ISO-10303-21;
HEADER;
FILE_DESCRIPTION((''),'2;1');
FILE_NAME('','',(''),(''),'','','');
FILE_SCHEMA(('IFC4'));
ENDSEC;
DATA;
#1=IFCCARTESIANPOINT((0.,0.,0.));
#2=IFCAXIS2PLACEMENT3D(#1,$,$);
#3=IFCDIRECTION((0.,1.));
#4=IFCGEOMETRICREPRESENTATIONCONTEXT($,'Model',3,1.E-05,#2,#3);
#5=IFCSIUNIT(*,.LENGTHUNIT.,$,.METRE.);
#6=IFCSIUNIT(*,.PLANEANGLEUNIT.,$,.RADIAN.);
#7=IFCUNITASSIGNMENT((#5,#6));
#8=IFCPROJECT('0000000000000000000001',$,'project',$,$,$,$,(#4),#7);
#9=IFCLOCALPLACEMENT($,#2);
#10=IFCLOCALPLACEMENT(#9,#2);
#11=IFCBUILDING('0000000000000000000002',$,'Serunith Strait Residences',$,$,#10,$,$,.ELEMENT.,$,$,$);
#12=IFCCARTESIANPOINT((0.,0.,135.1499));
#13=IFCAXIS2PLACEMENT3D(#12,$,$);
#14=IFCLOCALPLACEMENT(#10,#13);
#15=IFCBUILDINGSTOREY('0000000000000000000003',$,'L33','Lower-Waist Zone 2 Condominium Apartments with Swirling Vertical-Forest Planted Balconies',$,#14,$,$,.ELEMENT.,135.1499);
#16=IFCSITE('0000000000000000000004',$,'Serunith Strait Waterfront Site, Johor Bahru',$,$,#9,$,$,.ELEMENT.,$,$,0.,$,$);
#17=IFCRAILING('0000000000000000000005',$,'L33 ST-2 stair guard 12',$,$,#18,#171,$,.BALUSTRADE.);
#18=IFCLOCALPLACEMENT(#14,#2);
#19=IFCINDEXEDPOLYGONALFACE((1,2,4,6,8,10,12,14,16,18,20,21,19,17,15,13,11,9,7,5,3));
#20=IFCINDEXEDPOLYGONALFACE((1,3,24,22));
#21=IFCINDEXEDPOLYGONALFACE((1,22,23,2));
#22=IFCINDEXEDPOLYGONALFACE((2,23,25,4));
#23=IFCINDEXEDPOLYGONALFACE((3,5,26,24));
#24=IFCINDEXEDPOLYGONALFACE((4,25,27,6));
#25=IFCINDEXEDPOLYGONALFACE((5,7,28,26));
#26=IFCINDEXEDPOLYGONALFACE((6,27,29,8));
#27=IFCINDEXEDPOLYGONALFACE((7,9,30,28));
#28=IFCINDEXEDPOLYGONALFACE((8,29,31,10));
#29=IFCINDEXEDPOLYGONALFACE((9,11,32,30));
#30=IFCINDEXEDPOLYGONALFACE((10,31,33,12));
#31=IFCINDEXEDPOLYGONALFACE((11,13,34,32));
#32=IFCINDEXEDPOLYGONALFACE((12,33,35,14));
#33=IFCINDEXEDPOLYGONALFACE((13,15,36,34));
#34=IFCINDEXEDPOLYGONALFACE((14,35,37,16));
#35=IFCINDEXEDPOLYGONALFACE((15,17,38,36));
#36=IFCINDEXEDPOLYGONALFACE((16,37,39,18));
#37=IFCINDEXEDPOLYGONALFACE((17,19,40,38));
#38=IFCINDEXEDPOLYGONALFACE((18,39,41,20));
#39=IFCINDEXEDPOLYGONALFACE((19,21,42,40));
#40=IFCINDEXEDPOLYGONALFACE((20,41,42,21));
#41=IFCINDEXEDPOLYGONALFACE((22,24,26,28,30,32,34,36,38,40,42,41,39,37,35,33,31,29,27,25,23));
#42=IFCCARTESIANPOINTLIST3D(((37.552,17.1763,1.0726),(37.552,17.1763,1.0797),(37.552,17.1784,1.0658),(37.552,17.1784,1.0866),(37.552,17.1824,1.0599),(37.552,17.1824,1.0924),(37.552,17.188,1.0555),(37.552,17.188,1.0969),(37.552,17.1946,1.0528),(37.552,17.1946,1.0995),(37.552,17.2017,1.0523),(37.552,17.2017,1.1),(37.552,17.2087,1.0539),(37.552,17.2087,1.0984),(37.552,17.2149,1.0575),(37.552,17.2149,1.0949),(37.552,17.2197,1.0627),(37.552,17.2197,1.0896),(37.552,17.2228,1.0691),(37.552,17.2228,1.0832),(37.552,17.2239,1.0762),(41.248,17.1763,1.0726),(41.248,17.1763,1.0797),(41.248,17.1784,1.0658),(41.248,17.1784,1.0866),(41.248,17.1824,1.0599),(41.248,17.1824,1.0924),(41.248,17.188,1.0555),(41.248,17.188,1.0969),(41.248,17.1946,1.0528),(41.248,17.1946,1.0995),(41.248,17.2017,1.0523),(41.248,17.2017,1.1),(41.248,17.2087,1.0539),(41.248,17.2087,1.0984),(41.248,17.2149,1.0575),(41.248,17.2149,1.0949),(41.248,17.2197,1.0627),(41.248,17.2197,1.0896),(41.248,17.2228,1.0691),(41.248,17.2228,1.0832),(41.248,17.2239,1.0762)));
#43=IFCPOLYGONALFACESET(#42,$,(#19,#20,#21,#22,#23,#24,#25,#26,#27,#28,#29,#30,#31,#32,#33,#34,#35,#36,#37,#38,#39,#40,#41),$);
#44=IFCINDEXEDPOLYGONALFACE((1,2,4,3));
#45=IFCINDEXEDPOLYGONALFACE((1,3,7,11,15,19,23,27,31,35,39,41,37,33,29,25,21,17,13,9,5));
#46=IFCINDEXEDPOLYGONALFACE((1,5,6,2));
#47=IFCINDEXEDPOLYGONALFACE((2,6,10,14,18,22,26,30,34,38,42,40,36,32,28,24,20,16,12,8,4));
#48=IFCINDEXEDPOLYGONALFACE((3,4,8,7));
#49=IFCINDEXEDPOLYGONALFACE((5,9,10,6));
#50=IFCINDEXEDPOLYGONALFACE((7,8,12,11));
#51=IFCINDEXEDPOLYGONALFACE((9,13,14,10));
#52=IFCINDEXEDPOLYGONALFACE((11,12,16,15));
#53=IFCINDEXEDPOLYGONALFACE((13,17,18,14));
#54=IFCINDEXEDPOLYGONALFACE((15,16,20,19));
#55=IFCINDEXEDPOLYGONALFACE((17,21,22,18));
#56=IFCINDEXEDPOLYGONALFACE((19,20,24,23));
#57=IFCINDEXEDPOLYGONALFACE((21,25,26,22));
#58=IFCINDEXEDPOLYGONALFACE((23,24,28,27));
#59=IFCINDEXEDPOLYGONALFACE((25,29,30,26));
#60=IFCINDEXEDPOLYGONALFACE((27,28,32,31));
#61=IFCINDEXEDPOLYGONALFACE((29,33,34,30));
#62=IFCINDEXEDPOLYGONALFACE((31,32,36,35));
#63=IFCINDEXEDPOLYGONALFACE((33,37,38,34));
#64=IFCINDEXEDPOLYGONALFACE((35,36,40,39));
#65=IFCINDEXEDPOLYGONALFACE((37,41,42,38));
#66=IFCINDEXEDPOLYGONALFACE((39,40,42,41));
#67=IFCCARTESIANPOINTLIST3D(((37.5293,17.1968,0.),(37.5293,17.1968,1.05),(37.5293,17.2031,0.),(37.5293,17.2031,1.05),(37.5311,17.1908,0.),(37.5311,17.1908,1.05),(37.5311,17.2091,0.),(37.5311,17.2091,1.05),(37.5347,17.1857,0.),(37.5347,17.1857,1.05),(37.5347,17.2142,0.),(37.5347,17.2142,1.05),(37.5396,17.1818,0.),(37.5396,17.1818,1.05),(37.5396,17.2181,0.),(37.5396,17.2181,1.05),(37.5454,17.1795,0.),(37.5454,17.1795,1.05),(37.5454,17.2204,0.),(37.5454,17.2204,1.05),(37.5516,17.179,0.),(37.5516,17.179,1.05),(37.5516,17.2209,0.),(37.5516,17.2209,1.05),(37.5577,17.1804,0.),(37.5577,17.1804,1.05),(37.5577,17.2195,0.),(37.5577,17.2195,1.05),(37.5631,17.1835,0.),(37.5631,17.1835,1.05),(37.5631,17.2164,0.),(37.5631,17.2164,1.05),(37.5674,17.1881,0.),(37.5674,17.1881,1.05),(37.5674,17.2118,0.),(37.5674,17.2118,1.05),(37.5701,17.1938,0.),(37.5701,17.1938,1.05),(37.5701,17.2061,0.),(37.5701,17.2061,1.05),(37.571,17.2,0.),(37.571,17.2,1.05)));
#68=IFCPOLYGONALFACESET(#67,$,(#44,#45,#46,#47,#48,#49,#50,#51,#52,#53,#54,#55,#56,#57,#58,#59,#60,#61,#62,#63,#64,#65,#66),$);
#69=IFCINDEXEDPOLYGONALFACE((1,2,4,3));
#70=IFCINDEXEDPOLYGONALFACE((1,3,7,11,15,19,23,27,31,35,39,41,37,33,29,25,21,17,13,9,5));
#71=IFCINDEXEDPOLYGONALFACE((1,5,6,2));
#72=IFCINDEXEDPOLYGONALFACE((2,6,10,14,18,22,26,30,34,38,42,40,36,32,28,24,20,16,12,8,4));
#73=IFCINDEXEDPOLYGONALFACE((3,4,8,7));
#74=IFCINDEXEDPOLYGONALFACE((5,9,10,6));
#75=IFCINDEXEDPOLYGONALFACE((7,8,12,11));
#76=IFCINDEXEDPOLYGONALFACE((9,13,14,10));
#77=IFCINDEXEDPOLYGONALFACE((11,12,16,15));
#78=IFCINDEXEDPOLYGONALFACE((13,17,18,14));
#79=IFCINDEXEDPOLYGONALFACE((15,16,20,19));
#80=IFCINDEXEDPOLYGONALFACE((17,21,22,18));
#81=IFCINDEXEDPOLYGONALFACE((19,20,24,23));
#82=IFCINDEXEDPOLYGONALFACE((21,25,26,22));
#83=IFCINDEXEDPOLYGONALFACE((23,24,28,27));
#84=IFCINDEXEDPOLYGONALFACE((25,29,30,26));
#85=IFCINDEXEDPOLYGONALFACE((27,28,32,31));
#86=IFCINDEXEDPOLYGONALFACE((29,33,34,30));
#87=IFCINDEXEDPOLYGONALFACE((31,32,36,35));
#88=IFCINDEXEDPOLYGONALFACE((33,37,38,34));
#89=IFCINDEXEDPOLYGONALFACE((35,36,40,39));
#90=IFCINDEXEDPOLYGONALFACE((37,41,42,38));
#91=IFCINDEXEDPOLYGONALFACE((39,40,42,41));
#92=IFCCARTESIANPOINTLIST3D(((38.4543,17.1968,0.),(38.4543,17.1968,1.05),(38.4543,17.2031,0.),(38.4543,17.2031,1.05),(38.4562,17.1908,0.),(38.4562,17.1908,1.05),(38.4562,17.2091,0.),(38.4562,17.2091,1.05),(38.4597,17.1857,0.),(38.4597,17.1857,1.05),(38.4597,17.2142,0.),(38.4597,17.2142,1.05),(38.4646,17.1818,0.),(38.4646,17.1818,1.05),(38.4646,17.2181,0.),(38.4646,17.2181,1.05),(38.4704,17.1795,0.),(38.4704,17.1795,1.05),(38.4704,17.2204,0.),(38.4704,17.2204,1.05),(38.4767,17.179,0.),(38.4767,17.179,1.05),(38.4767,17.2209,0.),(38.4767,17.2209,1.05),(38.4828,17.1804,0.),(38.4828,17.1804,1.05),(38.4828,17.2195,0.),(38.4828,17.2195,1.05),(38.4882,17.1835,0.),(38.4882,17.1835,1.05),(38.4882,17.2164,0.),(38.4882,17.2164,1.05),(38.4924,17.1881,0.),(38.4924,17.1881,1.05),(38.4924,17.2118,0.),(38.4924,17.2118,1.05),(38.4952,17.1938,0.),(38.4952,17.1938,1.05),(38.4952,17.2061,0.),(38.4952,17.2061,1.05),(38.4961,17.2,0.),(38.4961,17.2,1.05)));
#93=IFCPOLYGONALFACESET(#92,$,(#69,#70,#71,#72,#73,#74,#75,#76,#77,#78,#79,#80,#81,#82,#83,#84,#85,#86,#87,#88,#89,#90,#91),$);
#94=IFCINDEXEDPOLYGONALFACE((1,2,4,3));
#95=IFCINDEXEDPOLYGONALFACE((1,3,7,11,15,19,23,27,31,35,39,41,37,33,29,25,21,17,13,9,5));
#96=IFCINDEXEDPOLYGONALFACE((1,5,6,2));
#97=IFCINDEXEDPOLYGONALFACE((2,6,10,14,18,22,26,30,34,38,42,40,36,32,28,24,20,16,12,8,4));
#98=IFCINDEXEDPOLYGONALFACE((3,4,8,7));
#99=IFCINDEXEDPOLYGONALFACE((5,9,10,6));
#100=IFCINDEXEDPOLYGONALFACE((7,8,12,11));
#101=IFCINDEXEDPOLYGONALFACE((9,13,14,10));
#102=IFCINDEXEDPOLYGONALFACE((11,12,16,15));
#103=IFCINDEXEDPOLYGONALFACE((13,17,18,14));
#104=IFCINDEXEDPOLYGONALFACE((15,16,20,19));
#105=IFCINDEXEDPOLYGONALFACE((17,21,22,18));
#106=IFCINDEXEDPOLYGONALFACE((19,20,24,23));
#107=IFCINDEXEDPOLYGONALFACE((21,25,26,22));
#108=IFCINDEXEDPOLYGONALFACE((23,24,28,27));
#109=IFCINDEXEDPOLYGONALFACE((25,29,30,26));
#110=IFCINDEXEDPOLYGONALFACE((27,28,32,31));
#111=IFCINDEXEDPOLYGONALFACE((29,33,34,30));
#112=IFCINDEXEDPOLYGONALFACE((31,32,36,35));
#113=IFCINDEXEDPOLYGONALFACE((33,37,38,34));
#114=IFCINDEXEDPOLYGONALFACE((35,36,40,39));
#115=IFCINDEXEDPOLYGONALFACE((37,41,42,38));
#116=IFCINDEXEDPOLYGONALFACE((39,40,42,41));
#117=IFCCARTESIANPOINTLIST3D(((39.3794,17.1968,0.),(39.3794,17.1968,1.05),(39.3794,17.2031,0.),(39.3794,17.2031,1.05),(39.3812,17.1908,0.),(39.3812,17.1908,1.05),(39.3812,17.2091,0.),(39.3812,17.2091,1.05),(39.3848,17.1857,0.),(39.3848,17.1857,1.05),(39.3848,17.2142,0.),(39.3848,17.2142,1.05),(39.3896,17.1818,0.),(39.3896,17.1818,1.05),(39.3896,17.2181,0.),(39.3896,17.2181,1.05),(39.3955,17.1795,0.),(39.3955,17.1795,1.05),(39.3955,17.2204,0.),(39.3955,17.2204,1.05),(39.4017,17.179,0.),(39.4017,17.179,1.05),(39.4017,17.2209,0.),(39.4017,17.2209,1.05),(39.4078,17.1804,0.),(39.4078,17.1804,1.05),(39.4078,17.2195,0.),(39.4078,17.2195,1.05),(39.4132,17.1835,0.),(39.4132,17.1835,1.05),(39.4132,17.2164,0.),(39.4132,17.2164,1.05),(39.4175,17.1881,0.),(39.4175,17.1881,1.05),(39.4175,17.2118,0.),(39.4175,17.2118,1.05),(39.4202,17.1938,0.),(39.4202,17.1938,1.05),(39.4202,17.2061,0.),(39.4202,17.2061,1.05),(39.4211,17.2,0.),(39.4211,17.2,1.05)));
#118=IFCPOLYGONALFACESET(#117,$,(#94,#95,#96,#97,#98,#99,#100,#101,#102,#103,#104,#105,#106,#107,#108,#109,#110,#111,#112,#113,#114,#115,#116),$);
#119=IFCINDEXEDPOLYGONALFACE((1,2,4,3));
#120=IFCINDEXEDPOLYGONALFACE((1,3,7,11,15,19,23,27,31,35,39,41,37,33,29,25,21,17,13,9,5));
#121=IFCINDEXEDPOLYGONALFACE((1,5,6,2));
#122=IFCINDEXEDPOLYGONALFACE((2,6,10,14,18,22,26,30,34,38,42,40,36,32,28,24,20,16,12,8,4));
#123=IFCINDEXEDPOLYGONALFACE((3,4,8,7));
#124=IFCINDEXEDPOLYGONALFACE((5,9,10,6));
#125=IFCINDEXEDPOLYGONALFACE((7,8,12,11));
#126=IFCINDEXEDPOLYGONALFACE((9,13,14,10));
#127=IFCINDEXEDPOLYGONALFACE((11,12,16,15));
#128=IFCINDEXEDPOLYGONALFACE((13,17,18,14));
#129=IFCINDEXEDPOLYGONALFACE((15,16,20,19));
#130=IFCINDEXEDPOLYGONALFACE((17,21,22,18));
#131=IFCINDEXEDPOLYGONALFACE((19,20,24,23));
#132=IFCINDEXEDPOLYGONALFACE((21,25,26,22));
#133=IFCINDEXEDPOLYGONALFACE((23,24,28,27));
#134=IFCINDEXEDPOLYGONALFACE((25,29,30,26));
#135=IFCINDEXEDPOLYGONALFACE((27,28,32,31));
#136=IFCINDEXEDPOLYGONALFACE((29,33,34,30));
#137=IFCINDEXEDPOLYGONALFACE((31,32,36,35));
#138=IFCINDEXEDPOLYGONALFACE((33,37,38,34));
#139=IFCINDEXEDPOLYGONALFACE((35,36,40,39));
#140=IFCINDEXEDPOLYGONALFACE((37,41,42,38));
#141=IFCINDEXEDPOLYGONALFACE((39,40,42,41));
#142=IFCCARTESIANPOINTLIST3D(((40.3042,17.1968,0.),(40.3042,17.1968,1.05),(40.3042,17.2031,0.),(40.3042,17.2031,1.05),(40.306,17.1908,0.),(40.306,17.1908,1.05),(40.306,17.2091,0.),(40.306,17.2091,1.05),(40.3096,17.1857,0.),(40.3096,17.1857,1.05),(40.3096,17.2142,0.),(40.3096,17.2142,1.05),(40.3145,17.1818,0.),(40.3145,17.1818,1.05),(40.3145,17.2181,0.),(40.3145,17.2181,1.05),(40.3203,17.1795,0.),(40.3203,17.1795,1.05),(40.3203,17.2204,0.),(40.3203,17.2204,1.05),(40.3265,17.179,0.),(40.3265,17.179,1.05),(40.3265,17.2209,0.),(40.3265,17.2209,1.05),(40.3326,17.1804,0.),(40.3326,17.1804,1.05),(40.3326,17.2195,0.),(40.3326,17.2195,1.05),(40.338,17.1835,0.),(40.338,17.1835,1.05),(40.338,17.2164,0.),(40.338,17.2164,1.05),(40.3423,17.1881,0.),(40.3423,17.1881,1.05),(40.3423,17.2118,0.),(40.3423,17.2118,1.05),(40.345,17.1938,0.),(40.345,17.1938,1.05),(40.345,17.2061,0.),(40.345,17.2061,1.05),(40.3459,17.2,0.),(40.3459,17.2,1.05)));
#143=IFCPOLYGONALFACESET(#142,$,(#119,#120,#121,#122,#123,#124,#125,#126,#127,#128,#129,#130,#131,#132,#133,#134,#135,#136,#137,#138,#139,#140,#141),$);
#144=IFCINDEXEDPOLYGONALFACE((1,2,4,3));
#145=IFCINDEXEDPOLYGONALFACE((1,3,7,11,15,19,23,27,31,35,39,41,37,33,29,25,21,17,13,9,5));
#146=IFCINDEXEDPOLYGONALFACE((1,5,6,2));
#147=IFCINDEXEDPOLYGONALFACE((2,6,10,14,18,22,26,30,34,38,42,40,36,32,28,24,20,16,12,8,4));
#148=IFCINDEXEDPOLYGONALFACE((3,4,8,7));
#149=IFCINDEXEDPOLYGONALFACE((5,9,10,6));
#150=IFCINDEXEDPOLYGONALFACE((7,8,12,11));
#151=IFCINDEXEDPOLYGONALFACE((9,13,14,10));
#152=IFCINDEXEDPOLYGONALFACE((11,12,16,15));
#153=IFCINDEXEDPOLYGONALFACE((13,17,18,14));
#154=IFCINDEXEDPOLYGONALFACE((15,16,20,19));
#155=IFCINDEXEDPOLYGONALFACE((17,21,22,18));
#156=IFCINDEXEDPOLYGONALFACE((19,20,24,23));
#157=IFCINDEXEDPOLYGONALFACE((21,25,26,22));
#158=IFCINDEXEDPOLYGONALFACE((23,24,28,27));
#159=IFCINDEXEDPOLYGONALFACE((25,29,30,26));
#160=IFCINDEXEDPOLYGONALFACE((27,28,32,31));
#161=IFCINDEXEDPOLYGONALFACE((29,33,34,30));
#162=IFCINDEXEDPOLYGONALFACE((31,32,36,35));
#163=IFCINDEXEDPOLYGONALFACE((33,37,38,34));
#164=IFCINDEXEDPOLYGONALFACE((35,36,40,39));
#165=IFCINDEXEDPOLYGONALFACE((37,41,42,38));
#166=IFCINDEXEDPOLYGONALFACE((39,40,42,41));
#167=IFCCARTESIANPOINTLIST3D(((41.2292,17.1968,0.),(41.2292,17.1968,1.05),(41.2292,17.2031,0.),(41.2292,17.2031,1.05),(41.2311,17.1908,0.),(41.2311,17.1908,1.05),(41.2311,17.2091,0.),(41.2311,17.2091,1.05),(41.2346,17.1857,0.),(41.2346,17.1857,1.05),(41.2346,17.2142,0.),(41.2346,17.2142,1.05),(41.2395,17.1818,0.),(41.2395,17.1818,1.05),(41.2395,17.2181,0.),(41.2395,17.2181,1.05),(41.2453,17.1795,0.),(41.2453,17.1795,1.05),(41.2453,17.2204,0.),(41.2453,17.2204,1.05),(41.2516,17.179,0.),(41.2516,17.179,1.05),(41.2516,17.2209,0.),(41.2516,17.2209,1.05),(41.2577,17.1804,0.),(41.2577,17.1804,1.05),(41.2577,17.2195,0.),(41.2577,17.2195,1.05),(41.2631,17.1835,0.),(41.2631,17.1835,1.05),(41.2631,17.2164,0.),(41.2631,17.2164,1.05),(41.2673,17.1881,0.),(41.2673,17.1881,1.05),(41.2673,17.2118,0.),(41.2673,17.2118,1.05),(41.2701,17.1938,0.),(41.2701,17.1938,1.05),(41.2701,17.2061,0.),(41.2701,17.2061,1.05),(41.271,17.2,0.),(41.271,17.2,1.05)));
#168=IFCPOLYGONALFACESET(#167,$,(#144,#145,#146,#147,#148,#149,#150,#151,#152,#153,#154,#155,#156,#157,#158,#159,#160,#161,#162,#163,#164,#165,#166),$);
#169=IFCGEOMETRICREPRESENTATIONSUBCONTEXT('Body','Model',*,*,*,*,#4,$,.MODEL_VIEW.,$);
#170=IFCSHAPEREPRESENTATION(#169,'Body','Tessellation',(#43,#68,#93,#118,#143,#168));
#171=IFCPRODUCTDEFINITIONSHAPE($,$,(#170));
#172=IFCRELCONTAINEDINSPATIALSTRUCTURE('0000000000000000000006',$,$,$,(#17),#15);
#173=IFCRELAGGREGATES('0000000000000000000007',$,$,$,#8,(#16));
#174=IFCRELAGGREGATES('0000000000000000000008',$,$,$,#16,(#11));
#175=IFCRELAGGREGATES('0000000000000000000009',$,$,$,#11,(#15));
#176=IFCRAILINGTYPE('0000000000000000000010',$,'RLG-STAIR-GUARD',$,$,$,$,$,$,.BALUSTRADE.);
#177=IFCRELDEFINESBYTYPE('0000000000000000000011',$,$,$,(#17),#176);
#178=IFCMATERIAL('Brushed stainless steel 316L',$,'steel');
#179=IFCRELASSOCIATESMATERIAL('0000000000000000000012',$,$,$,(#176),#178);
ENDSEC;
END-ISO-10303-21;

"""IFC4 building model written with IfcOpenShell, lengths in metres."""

from ifc_helpers import new_model, si_unit, direction, frame, origin, origin_2d, place, context, subcontext, project, spatial, circle, extrude, material, type_object, element, save


model = new_model("IFC4")

# Units and contexts
model_context = context("Model", 3, precision=1e-05, world=origin(), true_north=direction((0.0, 1.0)))
body_context = subcontext(model_context, "Body", "Model", "MODEL_VIEW")
ifc_project = project(units=[si_unit("LENGTHUNIT", "METRE"), si_unit("PLANEANGLEUNIT", "RADIAN")], contexts=[model_context])

# Site, building, storey
site_placement = place(None, origin())
site = spatial("IfcSite", under=ifc_project, at=site_placement, Name="Serunith Strait Waterfront Site, Johor Bahru", CompositionType="ELEMENT", RefElevation=0.0)
building_placement = place(site_placement, origin())
building = spatial("IfcBuilding", under=site, at=building_placement, Name="Serunith Strait Residences", CompositionType="ELEMENT")
storey_placement = place(building_placement, frame((0.0, 0.0, 135.1499)))
storey = spatial("IfcBuildingStorey", under=building, at=storey_placement, Name="L33", Description="Lower-Waist Zone 2 Condominium Apartments with Swirling Vertical-Forest Planted Balconies", CompositionType="ELEMENT", Elevation=135.1499)

# Railing
ifc_material_1 = material(Name="Brushed stainless steel 316L", Category="steel")
railing_type_1 = type_object("IfcRailingType", Name="RLG-STAIR-GUARD", PredefinedType="BALUSTRADE", material=ifc_material_1)
railing_1_placement = place(storey_placement, frame((37.55, 17.2, 0.0)))
element("IfcRailing", 1, at=railing_1_placement, inside=storey, type_object=railing_type_1, Name="L33 ST-2 stair guard 12", PredefinedType="BALUSTRADE", context=body_context, shape_type="SweptSolid", body=[
    extrude(circle(Radius=0.0239, at=origin_2d()), frame((0.002, 0.0, 1.0762), z_axis=(1.0, 0.0, 0.0), x_axis=(0.0, 1.0, 0.0)), (0.0, 0.0, 1.0), 3.696),
    extrude(circle(Radius=0.021, at=origin_2d()), origin(), (0.0, 0.0, 1.0), 1.05),
    extrude(circle(Radius=0.021, at=origin_2d()), frame((0.925, 0.0, 0.0)), (0.0, 0.0, 1.0), 1.05),
    extrude(circle(Radius=0.021, at=origin_2d()), frame((1.8501, 0.0, 0.0)), (0.0, 0.0, 1.0), 1.05),
    extrude(circle(Radius=0.021, at=origin_2d()), frame((2.7749, 0.0, 0.0)), (0.0, 0.0, 1.0), 1.05),
    extrude(circle(Radius=0.021, at=origin_2d()), frame((3.7, 0.0, 0.0)), (0.0, 0.0, 1.0), 1.05),
])

save(model, "model.ifc")
